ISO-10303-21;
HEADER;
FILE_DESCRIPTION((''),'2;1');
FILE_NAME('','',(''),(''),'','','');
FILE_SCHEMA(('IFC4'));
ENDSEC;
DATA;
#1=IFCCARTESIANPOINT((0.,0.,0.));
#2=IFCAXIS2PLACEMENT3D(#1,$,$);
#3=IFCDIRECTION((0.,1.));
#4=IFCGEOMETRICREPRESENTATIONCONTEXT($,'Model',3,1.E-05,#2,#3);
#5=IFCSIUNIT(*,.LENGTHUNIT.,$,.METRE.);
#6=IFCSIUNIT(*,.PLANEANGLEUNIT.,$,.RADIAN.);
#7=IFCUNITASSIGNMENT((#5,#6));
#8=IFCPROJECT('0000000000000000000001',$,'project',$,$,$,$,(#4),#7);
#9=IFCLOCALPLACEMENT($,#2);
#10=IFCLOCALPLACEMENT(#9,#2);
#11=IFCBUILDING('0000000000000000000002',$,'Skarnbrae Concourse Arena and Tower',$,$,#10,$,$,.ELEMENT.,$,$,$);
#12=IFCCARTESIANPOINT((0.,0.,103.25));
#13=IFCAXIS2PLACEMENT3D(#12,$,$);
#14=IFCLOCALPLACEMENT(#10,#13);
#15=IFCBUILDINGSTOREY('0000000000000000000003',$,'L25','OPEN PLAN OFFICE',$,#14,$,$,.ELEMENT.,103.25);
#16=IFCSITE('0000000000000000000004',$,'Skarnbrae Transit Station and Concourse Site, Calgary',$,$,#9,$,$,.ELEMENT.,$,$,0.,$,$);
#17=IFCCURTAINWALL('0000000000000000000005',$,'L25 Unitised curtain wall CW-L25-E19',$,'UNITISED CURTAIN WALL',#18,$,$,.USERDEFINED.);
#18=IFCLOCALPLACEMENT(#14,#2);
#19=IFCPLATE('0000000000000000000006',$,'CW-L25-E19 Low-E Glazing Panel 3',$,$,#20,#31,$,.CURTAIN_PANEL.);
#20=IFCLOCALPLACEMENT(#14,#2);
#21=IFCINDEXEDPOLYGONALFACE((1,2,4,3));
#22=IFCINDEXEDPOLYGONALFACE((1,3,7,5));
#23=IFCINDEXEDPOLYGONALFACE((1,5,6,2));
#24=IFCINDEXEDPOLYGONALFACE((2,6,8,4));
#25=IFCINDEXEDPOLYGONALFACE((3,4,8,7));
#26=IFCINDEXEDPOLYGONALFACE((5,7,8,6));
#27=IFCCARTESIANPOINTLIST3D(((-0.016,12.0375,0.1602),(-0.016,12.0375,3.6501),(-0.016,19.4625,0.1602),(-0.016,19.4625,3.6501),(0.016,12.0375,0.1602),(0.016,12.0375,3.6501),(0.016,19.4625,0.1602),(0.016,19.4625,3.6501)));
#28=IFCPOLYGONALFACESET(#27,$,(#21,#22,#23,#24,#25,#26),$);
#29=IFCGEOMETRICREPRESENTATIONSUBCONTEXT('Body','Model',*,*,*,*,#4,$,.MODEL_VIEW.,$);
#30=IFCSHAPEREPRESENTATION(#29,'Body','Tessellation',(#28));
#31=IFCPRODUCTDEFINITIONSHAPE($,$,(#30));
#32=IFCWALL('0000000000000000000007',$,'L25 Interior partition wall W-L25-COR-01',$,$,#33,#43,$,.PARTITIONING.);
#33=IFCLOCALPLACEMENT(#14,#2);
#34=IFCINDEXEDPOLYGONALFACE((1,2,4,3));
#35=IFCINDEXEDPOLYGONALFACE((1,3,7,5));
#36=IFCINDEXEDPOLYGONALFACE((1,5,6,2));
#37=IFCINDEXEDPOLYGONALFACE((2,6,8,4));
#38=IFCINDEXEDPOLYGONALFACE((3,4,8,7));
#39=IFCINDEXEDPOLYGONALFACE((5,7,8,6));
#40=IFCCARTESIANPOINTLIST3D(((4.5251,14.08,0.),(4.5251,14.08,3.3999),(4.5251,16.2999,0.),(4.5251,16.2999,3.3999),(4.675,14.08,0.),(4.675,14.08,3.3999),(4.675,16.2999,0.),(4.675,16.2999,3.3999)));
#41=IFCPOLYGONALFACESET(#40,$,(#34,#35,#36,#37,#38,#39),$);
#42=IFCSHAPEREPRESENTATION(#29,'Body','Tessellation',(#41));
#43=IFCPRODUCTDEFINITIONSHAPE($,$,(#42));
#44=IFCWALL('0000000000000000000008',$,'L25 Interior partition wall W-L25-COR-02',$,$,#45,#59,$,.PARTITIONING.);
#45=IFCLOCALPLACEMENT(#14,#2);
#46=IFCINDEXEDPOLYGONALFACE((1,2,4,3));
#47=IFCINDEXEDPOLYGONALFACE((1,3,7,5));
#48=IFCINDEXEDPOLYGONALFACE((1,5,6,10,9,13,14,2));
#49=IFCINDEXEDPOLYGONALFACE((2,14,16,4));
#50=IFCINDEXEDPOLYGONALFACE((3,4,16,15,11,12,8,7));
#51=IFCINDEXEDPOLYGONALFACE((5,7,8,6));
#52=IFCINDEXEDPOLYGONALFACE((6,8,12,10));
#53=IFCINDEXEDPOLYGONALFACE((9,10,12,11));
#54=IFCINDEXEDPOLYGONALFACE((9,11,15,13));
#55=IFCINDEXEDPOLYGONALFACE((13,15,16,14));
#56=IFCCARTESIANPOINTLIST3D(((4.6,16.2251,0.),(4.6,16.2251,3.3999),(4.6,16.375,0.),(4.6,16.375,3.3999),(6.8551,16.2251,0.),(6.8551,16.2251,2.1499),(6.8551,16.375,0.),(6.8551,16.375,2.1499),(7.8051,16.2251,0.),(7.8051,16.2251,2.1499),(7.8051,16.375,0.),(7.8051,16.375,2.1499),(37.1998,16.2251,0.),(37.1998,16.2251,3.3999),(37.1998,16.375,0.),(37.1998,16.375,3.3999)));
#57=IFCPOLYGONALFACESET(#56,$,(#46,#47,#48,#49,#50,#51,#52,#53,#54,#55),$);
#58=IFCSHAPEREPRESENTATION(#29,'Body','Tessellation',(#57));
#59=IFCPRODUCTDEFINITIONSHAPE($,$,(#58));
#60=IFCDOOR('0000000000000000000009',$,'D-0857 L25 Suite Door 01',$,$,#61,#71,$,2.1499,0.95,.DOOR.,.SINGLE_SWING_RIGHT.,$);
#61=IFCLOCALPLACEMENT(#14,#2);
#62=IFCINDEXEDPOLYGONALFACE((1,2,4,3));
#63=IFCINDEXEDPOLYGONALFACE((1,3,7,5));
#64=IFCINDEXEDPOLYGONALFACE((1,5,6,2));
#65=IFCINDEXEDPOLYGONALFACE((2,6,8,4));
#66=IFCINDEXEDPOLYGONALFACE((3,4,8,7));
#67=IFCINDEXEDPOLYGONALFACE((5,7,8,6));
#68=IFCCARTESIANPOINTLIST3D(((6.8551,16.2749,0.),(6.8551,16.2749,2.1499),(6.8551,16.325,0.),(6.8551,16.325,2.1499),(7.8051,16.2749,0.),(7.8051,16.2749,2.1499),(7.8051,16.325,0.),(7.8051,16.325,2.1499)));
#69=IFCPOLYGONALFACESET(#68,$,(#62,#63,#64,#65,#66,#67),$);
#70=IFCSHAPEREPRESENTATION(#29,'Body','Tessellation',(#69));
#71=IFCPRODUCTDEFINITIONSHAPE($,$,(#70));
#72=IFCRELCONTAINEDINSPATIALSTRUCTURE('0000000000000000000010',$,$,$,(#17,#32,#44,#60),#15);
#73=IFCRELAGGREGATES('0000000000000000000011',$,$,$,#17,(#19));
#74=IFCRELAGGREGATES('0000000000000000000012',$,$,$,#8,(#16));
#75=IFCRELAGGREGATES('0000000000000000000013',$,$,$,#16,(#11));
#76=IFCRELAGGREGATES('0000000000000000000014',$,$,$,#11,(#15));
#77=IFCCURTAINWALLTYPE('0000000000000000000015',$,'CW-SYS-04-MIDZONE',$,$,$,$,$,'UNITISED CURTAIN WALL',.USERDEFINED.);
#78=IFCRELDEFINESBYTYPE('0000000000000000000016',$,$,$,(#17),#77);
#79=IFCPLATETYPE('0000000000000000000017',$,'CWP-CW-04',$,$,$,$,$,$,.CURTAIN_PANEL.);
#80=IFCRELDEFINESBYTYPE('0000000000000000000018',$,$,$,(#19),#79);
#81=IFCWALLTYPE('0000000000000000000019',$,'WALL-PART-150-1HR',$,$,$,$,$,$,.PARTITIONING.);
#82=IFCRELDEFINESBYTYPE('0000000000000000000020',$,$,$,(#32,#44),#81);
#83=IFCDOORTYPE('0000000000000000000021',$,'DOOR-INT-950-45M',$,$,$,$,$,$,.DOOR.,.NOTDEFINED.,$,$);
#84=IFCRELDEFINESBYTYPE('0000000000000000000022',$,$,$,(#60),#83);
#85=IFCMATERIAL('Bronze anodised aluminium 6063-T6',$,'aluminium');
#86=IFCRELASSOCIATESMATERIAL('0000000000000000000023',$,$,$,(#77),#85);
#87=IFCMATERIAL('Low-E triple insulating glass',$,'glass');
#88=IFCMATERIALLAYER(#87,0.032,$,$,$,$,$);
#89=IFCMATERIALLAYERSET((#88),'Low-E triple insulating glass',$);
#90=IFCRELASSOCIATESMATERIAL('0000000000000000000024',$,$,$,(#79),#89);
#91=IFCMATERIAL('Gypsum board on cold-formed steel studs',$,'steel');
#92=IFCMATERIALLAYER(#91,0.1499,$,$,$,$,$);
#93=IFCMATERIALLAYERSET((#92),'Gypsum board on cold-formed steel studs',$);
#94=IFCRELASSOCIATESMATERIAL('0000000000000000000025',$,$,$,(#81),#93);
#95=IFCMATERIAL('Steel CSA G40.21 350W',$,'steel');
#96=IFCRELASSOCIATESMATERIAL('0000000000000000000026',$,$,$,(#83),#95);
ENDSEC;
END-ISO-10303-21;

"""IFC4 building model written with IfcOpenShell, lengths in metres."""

from ifc_helpers import new_model, si_unit, direction, frame, frame_2d, origin, origin_2d, place, context, subcontext, project, spatial, rectangle, extrude, source, transform, mapped, material, layer, layer_set, type_object, element, fill, aggregate, save


model = new_model("IFC4")

# Units and contexts
model_context = context("Model", 3, precision=1e-05, world=origin(), true_north=direction((0.0, 1.0)))
body_context = subcontext(model_context, "Body", "Model", "MODEL_VIEW")
ifc_project = project(units=[si_unit("LENGTHUNIT", "METRE"), si_unit("PLANEANGLEUNIT", "RADIAN")], contexts=[model_context])

# Site, building, storey
site_placement = place(None, origin())
site = spatial("IfcSite", under=ifc_project, at=site_placement, Name="Skarnbrae Transit Station and Concourse Site, Calgary", CompositionType="ELEMENT", RefElevation=0.0)
building_placement = place(site_placement, origin())
building = spatial("IfcBuilding", under=site, at=building_placement, Name="Skarnbrae Concourse Arena and Tower", CompositionType="ELEMENT")
storey_placement = place(building_placement, frame((0.0, 0.0, 103.25)))
storey = spatial("IfcBuildingStorey", under=building, at=storey_placement, Name="L25", Description="OPEN PLAN OFFICE", CompositionType="ELEMENT", Elevation=103.25)

# Shared definitions
ifc_material_1 = material(Name="Steel CSA G40.21 350W", Category="steel")

# Curtain wall, plate
ifc_material_2 = material(Name="Bronze anodised aluminium 6063-T6", Category="aluminium")
curtain_wall_type = type_object("IfcCurtainWallType", Name="CW-SYS-04-MIDZONE", ElementType="UNITISED CURTAIN WALL", PredefinedType="USERDEFINED", material=ifc_material_2)
curtain_wall_placement = place(storey_placement, origin())
curtain_wall = element("IfcCurtainWall", 1, at=curtain_wall_placement, inside=storey, type_object=curtain_wall_type, Name="L25 Unitised curtain wall CW-L25-E19", ObjectType="UNITISED CURTAIN WALL", PredefinedType="USERDEFINED")
ifc_material_3 = material(Name="Low-E triple insulating glass", Category="glass")
ifc_layer_1 = layer(ifc_material_3, 0.032)
ifc_layer_set_1 = layer_set([ifc_layer_1], Name="Low-E triple insulating glass")
plate_type = type_object("IfcPlateType", Name="CWP-CW-04", PredefinedType="CURTAIN_PANEL", material=ifc_layer_set_1)
shared_shape_1 = source(origin(), body_context, "Body", "SweptSolid", [
    extrude(rectangle(XDim=7.425, YDim=0.032, at=origin_2d()), origin(), (0.0, 0.0, 1.0), 3.49),
])
plate_placement = place(storey_placement, frame((0.0, 15.75, 0.1602), z_axis=(0.0, 0.0, 1.0), x_axis=(0.0, -1.0, 0.0)))
plate = element("IfcPlate", 2, at=plate_placement, type_object=plate_type, Name="CW-L25-E19 Low-E Glazing Panel 3", PredefinedType="CURTAIN_PANEL", context=body_context, shape_type="MappedRepresentation", body=[
    mapped(shared_shape_1, transform((0.0, 0.0, 0.0))),
])
aggregate(curtain_wall, [plate])

# Wall
ifc_material_4 = material(Name="Gypsum board on cold-formed steel studs", Category="steel")
ifc_layer_2 = layer(ifc_material_4, 0.1499)
ifc_layer_set_2 = layer_set([ifc_layer_2], Name="Gypsum board on cold-formed steel studs")
wall_type_1 = type_object("IfcWallType", Name="WALL-PART-150-1HR", PredefinedType="PARTITIONING", material=ifc_layer_set_2)
shared_shape_2 = source(origin(), body_context, "Body", "SweptSolid", [
    extrude(rectangle(XDim=2.22, YDim=0.1499, at=frame_2d((1.1099, 0.0))), origin(), (0.0, 0.0, 1.0), 3.3999),
])
wall_1_placement = place(storey_placement, frame((4.6001, 14.0801, 0.0), z_axis=(0.0, 0.0, 1.0), x_axis=(0.0, 1.0, 0.0)))
element("IfcWall", 3, at=wall_1_placement, inside=storey, type_object=wall_type_1, Name="L25 Interior partition wall W-L25-COR-01", PredefinedType="PARTITIONING", context=body_context, shape_type="MappedRepresentation", body=[
    mapped(shared_shape_2, transform((0.0, 0.0, 0.0))),
])

# Wall, opening, door
shared_shape_3 = source(origin(), body_context, "Body", "SweptSolid", [
    extrude(rectangle(XDim=32.5999, YDim=0.1499, at=frame_2d((16.2998, 0.0))), origin(), (0.0, 0.0, 1.0), 3.3999),
])
wall_2_placement = place(storey_placement, frame((4.6001, 16.3, 0.0), z_axis=(0.0, 0.0, 1.0), x_axis=(1.0, 0.0, 0.0)))
wall_2 = element("IfcWall", 4, at=wall_2_placement, inside=storey, type_object=wall_type_1, Name="L25 Interior partition wall W-L25-COR-02", PredefinedType="PARTITIONING", context=body_context, shape_type="MappedRepresentation", body=[
    mapped(shared_shape_3, transform((0.0, 0.0, 0.0))),
])
opening_1_placement = place(wall_2_placement, frame((2.2549, 0.0, 0.0)))
opening_1 = element("IfcOpeningElement", 5, at=opening_1_placement, cuts=wall_2, PredefinedType="OPENING", context=body_context, shape_type="SweptSolid", body=[
    extrude(rectangle(XDim=0.95, YDim=2.1499, at=frame_2d((0.4751, 1.075))), frame((0.0, 0.085, 0.0), z_axis=(0.0, -1.0, 0.0), x_axis=(1.0, 0.0, 0.0)), (0.0, 0.0, 1.0), 0.1699),
])
door_type_1 = type_object("IfcDoorType", Name="DOOR-INT-950-45M", OperationType="NOTDEFINED", PredefinedType="DOOR", material=ifc_material_1)
shared_shape_4 = source(origin(), body_context, "Body", "SweptSolid", [
    extrude(rectangle(XDim=0.95, YDim=2.1499, at=frame_2d((0.4751, 1.075))), frame((0.0, 0.0249, 0.0), z_axis=(0.0, -1.0, 0.0), x_axis=(1.0, 0.0, 0.0)), (0.0, 0.0, 1.0), 0.05),
])
door_1_placement = place(opening_1_placement, origin())
door_1 = element("IfcDoor", 6, at=door_1_placement, inside=storey, type_object=door_type_1, Name="D-0857 L25 Suite Door 01", OperationType="SINGLE_SWING_RIGHT", OverallHeight=2.1499, OverallWidth=0.95, PredefinedType="DOOR", context=body_context, shape_type="MappedRepresentation", body=[
    mapped(shared_shape_4, transform((0.0, 0.0, 0.0))),
])
fill(opening_1, door_1)

save(model, "model.ifc")
